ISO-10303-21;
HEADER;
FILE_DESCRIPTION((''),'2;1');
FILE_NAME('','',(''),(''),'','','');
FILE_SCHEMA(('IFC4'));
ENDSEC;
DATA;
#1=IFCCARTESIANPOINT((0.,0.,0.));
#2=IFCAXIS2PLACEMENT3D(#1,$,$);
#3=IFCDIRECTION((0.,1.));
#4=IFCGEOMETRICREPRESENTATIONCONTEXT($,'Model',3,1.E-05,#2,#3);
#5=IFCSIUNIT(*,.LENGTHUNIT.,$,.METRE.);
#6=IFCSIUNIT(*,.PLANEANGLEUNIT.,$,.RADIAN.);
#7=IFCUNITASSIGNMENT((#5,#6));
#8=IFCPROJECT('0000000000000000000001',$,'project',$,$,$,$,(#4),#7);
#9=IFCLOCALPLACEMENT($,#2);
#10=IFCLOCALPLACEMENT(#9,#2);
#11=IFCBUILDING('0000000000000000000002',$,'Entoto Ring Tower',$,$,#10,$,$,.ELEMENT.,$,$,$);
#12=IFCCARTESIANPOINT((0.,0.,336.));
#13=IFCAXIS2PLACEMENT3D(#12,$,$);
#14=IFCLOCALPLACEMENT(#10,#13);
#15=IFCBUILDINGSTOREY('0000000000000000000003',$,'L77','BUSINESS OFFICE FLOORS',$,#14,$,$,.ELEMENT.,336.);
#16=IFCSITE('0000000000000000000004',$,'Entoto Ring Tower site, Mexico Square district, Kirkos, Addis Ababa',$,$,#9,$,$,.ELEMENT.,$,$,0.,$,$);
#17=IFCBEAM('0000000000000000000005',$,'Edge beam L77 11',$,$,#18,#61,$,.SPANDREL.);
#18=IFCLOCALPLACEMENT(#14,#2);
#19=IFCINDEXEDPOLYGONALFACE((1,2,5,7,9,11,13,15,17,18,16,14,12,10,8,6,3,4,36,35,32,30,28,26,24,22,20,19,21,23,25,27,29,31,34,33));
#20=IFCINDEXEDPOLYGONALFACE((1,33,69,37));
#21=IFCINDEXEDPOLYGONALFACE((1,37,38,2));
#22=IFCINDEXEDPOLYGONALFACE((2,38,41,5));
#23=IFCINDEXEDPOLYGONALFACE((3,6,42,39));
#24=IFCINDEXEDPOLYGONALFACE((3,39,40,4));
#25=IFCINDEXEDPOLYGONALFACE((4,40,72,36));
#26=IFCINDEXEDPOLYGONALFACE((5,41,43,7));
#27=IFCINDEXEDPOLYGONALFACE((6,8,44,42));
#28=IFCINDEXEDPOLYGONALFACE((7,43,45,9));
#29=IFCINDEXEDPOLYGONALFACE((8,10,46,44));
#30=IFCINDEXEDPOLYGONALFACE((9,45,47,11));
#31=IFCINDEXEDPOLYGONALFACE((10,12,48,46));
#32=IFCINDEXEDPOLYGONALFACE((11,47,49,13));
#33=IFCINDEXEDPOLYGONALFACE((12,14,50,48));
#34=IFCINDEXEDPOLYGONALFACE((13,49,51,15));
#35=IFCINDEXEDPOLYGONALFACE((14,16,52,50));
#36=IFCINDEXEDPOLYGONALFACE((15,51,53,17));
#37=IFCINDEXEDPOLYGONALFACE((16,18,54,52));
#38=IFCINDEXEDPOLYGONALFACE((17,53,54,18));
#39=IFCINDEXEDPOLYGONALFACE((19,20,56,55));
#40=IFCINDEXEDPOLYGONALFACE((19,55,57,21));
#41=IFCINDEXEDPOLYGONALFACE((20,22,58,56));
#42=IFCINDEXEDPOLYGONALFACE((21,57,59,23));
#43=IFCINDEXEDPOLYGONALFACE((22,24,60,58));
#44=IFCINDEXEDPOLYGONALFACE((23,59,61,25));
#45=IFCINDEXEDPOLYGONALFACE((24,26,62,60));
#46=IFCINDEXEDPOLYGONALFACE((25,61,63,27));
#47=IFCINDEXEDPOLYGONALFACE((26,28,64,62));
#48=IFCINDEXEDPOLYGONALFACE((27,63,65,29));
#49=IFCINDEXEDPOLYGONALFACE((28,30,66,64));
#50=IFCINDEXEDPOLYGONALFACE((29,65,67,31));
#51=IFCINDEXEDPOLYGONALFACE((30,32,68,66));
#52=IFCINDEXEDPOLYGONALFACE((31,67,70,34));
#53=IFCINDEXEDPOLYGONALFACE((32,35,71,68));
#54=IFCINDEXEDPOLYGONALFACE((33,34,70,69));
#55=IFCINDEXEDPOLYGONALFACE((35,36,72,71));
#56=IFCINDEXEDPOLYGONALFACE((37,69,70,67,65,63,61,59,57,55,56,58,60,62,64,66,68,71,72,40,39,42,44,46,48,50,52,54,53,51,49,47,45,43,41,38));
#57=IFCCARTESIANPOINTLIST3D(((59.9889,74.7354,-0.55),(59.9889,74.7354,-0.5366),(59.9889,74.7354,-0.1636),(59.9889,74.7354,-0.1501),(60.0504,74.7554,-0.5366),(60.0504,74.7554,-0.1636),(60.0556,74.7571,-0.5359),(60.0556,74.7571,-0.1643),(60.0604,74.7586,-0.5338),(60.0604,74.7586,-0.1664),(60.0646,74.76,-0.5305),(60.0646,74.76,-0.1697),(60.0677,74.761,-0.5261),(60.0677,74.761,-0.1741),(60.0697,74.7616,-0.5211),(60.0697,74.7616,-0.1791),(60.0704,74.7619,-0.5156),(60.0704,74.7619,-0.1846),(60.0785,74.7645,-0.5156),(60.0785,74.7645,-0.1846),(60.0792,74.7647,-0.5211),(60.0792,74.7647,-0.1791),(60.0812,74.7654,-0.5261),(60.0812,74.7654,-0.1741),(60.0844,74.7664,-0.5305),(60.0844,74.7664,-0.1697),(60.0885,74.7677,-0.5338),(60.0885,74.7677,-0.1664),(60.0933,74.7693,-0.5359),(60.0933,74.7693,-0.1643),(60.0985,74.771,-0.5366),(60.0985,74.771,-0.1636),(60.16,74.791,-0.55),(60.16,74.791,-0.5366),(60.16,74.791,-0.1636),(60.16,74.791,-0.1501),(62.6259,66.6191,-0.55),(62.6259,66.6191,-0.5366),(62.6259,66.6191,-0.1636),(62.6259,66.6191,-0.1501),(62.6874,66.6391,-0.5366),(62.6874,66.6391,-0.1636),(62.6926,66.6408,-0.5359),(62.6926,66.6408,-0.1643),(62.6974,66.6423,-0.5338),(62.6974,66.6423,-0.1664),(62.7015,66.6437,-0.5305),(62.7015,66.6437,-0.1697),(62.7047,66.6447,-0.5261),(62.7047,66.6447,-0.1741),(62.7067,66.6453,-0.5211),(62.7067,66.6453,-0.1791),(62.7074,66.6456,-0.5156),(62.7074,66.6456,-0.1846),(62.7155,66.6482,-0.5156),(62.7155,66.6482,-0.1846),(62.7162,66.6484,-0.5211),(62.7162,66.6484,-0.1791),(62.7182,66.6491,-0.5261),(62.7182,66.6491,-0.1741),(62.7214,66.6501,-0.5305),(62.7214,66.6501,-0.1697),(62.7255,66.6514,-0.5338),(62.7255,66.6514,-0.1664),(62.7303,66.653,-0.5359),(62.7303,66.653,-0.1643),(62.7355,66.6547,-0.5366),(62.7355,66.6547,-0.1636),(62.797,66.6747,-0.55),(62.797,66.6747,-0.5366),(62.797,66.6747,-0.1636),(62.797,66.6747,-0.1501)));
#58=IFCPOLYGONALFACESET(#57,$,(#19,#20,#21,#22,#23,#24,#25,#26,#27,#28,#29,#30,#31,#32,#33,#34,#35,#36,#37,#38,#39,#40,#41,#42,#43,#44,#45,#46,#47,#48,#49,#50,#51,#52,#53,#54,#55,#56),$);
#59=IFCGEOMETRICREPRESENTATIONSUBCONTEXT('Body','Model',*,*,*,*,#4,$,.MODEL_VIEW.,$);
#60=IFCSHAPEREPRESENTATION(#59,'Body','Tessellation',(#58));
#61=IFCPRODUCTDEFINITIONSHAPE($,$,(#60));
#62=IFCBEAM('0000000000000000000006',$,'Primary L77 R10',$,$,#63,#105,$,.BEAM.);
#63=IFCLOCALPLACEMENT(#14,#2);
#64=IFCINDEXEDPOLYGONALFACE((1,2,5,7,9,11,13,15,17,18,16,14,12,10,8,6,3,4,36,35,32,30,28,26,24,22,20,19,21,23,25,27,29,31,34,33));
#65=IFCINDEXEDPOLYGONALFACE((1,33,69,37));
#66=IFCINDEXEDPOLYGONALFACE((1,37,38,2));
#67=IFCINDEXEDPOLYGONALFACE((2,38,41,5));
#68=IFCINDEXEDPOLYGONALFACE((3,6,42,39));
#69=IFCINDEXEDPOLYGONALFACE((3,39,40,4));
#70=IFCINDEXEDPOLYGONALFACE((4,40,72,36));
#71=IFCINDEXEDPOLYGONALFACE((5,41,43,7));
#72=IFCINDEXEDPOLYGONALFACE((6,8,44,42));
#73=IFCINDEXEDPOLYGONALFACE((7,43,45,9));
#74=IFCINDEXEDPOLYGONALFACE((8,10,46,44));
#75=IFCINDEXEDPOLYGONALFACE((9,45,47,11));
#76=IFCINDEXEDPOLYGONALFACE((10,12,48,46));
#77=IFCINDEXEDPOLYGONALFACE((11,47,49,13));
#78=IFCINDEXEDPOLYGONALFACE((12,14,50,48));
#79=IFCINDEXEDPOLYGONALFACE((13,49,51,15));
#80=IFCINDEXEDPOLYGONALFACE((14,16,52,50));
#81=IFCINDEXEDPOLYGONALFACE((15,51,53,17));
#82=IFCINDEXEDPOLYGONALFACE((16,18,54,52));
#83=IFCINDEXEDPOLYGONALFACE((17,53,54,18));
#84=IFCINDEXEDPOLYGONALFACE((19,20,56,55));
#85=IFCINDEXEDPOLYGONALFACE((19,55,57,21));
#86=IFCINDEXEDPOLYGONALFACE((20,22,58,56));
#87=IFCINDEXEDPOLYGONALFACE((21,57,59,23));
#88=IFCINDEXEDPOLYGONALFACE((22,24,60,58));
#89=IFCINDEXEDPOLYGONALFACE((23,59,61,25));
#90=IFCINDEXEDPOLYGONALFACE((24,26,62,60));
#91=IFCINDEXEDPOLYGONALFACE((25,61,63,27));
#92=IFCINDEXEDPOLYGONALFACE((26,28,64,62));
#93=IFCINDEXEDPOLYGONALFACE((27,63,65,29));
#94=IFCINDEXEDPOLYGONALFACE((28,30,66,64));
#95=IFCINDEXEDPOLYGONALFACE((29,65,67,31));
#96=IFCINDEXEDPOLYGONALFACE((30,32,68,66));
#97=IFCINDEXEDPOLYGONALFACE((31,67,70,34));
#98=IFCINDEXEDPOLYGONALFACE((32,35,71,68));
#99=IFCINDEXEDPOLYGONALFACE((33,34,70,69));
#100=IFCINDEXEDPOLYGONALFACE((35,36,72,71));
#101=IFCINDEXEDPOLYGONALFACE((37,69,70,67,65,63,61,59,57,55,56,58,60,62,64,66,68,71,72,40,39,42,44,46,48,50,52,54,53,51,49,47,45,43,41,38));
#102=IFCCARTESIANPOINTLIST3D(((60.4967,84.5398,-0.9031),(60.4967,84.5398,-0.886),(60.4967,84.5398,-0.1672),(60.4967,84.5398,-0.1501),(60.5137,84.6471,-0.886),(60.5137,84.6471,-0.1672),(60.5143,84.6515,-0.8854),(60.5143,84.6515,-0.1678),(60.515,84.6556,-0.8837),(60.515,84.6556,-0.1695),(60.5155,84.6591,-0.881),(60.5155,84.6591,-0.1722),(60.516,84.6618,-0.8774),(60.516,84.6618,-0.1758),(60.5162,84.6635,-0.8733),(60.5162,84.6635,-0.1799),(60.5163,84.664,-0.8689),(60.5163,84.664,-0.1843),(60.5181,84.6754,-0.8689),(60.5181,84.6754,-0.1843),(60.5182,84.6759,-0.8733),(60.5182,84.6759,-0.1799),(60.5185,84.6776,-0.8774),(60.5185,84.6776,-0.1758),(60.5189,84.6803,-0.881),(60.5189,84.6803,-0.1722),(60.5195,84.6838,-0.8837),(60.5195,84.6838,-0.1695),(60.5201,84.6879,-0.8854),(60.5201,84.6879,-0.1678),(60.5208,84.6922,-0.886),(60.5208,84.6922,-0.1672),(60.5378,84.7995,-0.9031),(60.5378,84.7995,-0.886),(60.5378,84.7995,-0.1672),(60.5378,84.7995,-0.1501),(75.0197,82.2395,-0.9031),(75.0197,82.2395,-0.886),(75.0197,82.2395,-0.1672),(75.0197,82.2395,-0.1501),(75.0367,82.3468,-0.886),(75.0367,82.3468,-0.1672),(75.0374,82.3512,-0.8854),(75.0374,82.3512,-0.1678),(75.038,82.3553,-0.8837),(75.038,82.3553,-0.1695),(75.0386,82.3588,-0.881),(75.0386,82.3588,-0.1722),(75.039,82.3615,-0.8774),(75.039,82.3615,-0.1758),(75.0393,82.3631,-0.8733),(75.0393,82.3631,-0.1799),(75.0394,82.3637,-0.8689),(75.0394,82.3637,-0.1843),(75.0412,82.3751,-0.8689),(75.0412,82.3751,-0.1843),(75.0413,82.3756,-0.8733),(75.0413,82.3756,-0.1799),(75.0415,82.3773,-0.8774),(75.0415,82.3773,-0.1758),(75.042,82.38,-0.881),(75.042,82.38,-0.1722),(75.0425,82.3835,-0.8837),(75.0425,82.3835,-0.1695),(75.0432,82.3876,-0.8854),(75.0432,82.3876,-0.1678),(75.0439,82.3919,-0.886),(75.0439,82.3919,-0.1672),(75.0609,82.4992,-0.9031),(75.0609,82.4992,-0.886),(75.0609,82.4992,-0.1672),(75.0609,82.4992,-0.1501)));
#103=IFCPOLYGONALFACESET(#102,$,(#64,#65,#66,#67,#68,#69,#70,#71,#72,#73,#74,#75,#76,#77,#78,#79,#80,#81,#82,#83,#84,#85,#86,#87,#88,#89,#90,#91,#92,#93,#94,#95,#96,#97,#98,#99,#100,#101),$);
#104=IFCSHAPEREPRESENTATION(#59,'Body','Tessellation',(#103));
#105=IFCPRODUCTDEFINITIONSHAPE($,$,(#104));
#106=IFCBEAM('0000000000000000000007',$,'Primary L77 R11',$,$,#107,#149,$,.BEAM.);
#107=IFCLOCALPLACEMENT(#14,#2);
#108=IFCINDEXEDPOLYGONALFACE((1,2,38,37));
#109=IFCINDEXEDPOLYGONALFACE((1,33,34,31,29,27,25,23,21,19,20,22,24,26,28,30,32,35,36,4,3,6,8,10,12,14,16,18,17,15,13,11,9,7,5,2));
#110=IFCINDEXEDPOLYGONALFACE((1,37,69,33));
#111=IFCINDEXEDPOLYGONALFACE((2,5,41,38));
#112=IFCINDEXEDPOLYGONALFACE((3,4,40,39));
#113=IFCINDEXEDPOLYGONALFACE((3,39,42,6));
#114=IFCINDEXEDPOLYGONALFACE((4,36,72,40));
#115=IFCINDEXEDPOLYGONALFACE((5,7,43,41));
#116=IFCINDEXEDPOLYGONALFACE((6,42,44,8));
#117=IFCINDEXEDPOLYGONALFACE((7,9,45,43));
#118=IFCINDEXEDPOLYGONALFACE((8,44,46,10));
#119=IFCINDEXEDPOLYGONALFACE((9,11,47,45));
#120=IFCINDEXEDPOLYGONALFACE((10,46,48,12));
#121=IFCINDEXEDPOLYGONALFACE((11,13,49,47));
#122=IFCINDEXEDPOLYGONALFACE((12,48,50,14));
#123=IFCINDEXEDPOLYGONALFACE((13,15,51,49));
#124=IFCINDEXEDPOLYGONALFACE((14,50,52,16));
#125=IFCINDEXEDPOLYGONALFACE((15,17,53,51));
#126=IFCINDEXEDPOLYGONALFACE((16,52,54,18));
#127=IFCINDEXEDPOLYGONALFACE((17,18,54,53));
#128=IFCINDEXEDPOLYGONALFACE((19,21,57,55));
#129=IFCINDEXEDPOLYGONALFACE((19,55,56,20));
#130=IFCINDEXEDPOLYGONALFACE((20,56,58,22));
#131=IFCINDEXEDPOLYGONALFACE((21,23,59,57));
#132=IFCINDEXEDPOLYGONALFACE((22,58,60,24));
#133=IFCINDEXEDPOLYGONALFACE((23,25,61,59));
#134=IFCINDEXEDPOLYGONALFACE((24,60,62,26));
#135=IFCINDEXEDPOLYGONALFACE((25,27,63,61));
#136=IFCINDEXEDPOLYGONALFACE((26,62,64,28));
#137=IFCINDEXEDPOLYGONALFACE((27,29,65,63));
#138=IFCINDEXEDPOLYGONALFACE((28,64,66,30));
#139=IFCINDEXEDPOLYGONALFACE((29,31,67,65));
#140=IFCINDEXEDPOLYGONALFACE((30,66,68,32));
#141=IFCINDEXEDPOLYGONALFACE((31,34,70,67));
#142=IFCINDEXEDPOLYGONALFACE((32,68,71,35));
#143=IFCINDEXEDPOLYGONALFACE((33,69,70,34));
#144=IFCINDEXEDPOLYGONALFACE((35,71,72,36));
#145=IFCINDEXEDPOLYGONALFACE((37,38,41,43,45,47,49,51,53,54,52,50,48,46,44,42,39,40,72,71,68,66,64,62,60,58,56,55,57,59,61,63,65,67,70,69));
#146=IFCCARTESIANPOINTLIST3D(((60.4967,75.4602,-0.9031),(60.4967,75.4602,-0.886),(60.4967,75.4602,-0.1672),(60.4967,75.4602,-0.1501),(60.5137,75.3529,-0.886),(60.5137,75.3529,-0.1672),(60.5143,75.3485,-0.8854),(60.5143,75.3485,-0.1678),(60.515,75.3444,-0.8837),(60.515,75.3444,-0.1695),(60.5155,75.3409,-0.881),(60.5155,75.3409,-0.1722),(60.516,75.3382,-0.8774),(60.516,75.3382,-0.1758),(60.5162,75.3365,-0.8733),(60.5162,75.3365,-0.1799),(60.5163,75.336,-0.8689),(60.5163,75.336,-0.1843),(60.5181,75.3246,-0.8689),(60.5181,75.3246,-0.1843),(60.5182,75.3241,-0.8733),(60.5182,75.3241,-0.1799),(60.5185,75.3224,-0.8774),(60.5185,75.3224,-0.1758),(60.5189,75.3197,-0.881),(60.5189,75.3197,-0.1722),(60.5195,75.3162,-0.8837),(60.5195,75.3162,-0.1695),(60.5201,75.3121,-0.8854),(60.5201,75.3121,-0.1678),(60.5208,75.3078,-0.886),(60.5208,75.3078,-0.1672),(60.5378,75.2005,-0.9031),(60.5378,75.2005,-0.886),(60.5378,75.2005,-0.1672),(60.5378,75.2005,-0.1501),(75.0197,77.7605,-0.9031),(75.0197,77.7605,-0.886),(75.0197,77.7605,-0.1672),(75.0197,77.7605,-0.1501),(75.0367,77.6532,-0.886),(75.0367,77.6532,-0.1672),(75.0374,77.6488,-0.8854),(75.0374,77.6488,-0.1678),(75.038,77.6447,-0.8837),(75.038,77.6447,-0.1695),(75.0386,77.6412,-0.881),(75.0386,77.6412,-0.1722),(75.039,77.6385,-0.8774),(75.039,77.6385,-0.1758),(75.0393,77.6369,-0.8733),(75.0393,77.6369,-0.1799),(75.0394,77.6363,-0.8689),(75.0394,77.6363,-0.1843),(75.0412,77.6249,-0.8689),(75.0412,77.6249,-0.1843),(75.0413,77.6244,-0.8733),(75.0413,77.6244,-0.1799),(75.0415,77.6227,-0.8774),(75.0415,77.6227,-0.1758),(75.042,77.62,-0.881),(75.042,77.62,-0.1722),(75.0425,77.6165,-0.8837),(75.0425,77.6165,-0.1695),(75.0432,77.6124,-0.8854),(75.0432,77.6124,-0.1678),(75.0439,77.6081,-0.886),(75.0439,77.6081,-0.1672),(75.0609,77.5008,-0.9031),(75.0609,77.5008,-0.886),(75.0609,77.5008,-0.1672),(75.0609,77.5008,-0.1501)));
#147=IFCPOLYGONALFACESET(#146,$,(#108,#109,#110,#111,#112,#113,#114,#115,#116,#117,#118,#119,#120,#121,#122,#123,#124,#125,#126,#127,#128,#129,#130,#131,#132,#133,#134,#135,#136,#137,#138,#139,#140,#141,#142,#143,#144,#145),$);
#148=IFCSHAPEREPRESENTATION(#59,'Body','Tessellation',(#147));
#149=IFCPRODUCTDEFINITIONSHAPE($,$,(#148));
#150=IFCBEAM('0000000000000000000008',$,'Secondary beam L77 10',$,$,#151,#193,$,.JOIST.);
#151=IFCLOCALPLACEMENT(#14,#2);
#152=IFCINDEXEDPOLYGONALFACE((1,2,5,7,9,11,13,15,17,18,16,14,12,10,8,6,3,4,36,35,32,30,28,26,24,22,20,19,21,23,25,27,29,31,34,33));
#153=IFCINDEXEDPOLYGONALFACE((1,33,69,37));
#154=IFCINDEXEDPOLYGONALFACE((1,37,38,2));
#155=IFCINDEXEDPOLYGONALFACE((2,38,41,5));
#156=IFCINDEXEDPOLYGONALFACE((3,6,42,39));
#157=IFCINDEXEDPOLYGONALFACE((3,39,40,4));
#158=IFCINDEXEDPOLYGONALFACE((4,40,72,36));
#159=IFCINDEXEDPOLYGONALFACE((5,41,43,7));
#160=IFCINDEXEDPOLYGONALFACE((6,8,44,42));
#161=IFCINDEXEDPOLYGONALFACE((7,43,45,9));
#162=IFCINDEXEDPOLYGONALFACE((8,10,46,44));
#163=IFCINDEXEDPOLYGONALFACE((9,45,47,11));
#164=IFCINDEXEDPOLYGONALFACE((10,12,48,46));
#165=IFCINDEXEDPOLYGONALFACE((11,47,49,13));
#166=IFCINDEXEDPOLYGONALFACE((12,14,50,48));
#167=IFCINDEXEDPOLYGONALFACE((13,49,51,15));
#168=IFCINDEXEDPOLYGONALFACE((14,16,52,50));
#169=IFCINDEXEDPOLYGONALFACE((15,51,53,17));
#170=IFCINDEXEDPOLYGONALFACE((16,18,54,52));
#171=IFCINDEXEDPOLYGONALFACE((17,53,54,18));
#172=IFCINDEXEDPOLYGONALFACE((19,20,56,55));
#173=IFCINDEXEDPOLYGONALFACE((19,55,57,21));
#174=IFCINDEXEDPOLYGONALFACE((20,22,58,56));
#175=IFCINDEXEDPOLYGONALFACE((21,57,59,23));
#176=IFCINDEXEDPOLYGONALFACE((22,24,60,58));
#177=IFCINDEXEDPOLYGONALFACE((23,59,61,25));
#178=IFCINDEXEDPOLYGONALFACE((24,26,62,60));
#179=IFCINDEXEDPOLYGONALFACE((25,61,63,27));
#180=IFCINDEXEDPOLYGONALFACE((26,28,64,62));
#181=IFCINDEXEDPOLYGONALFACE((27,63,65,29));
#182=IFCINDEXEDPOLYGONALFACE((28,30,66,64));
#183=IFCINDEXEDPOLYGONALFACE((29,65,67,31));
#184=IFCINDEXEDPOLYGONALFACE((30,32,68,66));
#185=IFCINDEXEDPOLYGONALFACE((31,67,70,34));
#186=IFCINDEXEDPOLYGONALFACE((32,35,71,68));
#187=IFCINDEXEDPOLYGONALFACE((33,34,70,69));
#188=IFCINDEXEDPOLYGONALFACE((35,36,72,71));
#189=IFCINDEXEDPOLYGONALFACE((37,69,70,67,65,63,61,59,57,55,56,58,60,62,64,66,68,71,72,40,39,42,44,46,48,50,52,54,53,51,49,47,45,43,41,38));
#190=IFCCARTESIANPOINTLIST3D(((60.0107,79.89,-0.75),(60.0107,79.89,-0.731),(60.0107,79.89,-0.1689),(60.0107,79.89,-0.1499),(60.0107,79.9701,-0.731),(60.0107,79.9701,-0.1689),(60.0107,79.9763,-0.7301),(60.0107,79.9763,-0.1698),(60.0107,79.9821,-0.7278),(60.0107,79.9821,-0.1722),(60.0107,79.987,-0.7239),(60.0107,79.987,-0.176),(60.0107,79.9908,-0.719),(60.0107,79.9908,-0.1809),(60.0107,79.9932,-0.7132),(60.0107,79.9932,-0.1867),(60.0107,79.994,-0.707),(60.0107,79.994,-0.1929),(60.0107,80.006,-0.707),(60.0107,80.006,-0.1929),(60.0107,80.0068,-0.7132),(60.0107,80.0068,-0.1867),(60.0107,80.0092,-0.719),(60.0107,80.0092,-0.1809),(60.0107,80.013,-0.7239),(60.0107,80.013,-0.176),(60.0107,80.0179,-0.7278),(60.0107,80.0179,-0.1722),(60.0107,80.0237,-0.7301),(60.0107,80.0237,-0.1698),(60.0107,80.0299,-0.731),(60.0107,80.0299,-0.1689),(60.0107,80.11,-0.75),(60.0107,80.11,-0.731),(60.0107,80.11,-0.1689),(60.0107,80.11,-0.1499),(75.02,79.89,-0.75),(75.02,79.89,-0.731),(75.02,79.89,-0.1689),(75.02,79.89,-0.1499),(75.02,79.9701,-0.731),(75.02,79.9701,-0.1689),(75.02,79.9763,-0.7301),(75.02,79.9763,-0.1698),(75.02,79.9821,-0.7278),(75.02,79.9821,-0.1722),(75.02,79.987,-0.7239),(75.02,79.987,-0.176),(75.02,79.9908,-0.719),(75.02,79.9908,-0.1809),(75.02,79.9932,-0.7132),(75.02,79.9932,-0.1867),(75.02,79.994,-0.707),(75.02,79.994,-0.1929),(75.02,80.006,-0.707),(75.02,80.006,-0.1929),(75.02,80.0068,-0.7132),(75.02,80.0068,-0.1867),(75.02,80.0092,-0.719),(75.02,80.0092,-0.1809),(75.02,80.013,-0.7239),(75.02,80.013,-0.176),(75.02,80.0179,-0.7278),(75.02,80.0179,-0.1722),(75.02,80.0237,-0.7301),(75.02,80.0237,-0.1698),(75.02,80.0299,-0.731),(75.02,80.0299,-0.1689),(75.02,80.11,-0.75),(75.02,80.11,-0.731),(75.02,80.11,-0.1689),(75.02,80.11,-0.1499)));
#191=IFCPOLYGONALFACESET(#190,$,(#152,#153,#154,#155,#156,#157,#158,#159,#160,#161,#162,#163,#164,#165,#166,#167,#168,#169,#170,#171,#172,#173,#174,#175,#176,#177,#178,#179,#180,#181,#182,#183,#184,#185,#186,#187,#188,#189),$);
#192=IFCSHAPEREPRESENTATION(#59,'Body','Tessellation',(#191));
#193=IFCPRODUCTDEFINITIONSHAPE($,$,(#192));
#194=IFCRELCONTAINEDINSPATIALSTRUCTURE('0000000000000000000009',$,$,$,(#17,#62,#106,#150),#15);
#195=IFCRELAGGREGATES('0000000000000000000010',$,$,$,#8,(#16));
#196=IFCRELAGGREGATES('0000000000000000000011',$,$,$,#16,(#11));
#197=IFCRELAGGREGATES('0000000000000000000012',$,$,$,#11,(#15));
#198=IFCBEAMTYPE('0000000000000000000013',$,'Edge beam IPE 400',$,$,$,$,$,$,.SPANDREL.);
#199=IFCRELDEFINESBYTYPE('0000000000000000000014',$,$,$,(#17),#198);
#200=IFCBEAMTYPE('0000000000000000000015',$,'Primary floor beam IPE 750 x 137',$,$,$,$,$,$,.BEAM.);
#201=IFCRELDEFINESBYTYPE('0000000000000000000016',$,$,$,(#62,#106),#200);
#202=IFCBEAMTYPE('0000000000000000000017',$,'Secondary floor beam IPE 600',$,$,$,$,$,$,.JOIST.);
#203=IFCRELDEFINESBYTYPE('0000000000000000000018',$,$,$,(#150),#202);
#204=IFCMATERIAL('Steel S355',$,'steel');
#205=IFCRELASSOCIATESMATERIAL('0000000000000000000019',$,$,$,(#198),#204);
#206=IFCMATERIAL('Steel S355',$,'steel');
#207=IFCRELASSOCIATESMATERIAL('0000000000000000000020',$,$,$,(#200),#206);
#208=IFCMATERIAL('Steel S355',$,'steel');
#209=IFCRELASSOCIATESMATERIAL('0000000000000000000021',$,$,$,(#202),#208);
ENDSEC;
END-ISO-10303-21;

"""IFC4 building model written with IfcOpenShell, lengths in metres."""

from ifc_helpers import new_model, si_unit, direction, frame, origin, origin_2d, place, context, subcontext, project, spatial, i_section, extrude, material, material_profile, profile_set, type_object, element, save


model = new_model("IFC4")

# Units and contexts
model_context = context("Model", 3, precision=1e-05, world=origin(), true_north=direction((0.0, 1.0)))
body_context = subcontext(model_context, "Body", "Model", "MODEL_VIEW")
ifc_project = project(units=[si_unit("LENGTHUNIT", "METRE"), si_unit("PLANEANGLEUNIT", "RADIAN")], contexts=[model_context])

# Site, building, storey
site_placement = place(None, origin())
site = spatial("IfcSite", under=ifc_project, at=site_placement, Name="Entoto Ring Tower site, Mexico Square district, Kirkos, Addis Ababa", CompositionType="ELEMENT", RefElevation=0.0)
building_placement = place(site_placement, origin())
building = spatial("IfcBuilding", under=site, at=building_placement, Name="Entoto Ring Tower", CompositionType="ELEMENT")
storey_placement = place(building_placement, frame((0.0, 0.0, 336.0)))
storey = spatial("IfcBuildingStorey", under=building, at=storey_placement, Name="L77", Description="BUSINESS OFFICE FLOORS", CompositionType="ELEMENT", Elevation=336.0)

# Beams
ifc_material_1 = material(Name="Steel S355", Category="steel")
ifc_material_profile_1 = material_profile(ifc_material_1, i_section(OverallWidth=0.1799, OverallDepth=0.3999, WebThickness=0.0085, FlangeThickness=0.0134, FilletRadius=0.021, at=origin_2d()), Name="IPE 400")
ifc_profile_set_1 = profile_set([ifc_material_profile_1], Name="Steel S355")
beam_type_1 = type_object("IfcBeamType", Name="Edge beam IPE 400", PredefinedType="SPANDREL", material=ifc_profile_set_1)
beam_1_placement = place(storey_placement, frame((60.0745, 74.7632, -0.3501), z_axis=(0.309001, -0.951062, 0.0), x_axis=(0.951062, 0.309001, 0.0)))
element("IfcBeam", 1, at=beam_1_placement, inside=storey, type_object=beam_type_1, Name="Edge beam L77 11", PredefinedType="SPANDREL", context=body_context, shape_type="SweptSolid", body=[
    extrude(i_section(OverallWidth=0.1799, OverallDepth=0.3999, WebThickness=0.0085, FlangeThickness=0.0134, FilletRadius=0.021, at=origin_2d()), origin(), (0.0, 0.0, 1.0), 8.5339),
])
ifc_material_2 = material(Name="Steel S355", Category="steel")
ifc_material_profile_2 = material_profile(ifc_material_2, i_section(OverallWidth=0.2629, OverallDepth=0.7529, WebThickness=0.0115, FlangeThickness=0.0171, FilletRadius=0.0171, at=origin_2d()), Name="IPE 750 x 137")
ifc_profile_set_2 = profile_set([ifc_material_profile_2], Name="Steel S355")
beam_type_2 = type_object("IfcBeamType", Name="Primary floor beam IPE 750 x 137", PredefinedType="BEAM", material=ifc_profile_set_2)
for number, where, z_axis, x_axis, name in (
    (2, (75.0403, 82.3694, -0.5266), (-0.987687, 0.15644, 0.0), (-0.15644, -0.987687, 0.0), "Primary L77 R10"),
    (3, (75.0403, 77.6306, -0.5266), (-0.987687, -0.15644, 0.0), (0.15644, -0.987687, 0.0), "Primary L77 R11"),
):
    element("IfcBeam", number, at=place(storey_placement, frame(where, z_axis=z_axis, x_axis=x_axis)), inside=storey, type_object=beam_type_2, Name=name, PredefinedType="BEAM", context=body_context, shape_type="SweptSolid", body=[
        extrude(i_section(OverallWidth=0.2629, OverallDepth=0.7529, WebThickness=0.0115, FlangeThickness=0.0171, FilletRadius=0.0171, at=origin_2d()), origin(), (0.0, 0.0, 1.0), 14.7041),
    ])
ifc_material_3 = material(Name="Steel S355", Category="steel")
ifc_material_profile_3 = material_profile(ifc_material_3, i_section(OverallWidth=0.22, OverallDepth=0.6001, WebThickness=0.012, FlangeThickness=0.019, FilletRadius=0.0239, at=origin_2d()), Name="IPE 600")
ifc_profile_set_3 = profile_set([ifc_material_profile_3], Name="Steel S355")
beam_type_3 = type_object("IfcBeamType", Name="Secondary floor beam IPE 600", PredefinedType="JOIST", material=ifc_profile_set_3)
beam_2_placement = place(storey_placement, frame((75.02, 80.0, -0.45), z_axis=(-1.0, 0.0, 0.0), x_axis=(0.0, -1.0, 0.0)))
element("IfcBeam", 4, at=beam_2_placement, inside=storey, type_object=beam_type_3, Name="Secondary beam L77 10", PredefinedType="JOIST", context=body_context, shape_type="SweptSolid", body=[
    extrude(i_section(OverallWidth=0.22, OverallDepth=0.6001, WebThickness=0.012, FlangeThickness=0.019, FilletRadius=0.0239, at=origin_2d()), origin(), (0.0, 0.0, 1.0), 15.0093),
])

save(model, "model.ifc")
